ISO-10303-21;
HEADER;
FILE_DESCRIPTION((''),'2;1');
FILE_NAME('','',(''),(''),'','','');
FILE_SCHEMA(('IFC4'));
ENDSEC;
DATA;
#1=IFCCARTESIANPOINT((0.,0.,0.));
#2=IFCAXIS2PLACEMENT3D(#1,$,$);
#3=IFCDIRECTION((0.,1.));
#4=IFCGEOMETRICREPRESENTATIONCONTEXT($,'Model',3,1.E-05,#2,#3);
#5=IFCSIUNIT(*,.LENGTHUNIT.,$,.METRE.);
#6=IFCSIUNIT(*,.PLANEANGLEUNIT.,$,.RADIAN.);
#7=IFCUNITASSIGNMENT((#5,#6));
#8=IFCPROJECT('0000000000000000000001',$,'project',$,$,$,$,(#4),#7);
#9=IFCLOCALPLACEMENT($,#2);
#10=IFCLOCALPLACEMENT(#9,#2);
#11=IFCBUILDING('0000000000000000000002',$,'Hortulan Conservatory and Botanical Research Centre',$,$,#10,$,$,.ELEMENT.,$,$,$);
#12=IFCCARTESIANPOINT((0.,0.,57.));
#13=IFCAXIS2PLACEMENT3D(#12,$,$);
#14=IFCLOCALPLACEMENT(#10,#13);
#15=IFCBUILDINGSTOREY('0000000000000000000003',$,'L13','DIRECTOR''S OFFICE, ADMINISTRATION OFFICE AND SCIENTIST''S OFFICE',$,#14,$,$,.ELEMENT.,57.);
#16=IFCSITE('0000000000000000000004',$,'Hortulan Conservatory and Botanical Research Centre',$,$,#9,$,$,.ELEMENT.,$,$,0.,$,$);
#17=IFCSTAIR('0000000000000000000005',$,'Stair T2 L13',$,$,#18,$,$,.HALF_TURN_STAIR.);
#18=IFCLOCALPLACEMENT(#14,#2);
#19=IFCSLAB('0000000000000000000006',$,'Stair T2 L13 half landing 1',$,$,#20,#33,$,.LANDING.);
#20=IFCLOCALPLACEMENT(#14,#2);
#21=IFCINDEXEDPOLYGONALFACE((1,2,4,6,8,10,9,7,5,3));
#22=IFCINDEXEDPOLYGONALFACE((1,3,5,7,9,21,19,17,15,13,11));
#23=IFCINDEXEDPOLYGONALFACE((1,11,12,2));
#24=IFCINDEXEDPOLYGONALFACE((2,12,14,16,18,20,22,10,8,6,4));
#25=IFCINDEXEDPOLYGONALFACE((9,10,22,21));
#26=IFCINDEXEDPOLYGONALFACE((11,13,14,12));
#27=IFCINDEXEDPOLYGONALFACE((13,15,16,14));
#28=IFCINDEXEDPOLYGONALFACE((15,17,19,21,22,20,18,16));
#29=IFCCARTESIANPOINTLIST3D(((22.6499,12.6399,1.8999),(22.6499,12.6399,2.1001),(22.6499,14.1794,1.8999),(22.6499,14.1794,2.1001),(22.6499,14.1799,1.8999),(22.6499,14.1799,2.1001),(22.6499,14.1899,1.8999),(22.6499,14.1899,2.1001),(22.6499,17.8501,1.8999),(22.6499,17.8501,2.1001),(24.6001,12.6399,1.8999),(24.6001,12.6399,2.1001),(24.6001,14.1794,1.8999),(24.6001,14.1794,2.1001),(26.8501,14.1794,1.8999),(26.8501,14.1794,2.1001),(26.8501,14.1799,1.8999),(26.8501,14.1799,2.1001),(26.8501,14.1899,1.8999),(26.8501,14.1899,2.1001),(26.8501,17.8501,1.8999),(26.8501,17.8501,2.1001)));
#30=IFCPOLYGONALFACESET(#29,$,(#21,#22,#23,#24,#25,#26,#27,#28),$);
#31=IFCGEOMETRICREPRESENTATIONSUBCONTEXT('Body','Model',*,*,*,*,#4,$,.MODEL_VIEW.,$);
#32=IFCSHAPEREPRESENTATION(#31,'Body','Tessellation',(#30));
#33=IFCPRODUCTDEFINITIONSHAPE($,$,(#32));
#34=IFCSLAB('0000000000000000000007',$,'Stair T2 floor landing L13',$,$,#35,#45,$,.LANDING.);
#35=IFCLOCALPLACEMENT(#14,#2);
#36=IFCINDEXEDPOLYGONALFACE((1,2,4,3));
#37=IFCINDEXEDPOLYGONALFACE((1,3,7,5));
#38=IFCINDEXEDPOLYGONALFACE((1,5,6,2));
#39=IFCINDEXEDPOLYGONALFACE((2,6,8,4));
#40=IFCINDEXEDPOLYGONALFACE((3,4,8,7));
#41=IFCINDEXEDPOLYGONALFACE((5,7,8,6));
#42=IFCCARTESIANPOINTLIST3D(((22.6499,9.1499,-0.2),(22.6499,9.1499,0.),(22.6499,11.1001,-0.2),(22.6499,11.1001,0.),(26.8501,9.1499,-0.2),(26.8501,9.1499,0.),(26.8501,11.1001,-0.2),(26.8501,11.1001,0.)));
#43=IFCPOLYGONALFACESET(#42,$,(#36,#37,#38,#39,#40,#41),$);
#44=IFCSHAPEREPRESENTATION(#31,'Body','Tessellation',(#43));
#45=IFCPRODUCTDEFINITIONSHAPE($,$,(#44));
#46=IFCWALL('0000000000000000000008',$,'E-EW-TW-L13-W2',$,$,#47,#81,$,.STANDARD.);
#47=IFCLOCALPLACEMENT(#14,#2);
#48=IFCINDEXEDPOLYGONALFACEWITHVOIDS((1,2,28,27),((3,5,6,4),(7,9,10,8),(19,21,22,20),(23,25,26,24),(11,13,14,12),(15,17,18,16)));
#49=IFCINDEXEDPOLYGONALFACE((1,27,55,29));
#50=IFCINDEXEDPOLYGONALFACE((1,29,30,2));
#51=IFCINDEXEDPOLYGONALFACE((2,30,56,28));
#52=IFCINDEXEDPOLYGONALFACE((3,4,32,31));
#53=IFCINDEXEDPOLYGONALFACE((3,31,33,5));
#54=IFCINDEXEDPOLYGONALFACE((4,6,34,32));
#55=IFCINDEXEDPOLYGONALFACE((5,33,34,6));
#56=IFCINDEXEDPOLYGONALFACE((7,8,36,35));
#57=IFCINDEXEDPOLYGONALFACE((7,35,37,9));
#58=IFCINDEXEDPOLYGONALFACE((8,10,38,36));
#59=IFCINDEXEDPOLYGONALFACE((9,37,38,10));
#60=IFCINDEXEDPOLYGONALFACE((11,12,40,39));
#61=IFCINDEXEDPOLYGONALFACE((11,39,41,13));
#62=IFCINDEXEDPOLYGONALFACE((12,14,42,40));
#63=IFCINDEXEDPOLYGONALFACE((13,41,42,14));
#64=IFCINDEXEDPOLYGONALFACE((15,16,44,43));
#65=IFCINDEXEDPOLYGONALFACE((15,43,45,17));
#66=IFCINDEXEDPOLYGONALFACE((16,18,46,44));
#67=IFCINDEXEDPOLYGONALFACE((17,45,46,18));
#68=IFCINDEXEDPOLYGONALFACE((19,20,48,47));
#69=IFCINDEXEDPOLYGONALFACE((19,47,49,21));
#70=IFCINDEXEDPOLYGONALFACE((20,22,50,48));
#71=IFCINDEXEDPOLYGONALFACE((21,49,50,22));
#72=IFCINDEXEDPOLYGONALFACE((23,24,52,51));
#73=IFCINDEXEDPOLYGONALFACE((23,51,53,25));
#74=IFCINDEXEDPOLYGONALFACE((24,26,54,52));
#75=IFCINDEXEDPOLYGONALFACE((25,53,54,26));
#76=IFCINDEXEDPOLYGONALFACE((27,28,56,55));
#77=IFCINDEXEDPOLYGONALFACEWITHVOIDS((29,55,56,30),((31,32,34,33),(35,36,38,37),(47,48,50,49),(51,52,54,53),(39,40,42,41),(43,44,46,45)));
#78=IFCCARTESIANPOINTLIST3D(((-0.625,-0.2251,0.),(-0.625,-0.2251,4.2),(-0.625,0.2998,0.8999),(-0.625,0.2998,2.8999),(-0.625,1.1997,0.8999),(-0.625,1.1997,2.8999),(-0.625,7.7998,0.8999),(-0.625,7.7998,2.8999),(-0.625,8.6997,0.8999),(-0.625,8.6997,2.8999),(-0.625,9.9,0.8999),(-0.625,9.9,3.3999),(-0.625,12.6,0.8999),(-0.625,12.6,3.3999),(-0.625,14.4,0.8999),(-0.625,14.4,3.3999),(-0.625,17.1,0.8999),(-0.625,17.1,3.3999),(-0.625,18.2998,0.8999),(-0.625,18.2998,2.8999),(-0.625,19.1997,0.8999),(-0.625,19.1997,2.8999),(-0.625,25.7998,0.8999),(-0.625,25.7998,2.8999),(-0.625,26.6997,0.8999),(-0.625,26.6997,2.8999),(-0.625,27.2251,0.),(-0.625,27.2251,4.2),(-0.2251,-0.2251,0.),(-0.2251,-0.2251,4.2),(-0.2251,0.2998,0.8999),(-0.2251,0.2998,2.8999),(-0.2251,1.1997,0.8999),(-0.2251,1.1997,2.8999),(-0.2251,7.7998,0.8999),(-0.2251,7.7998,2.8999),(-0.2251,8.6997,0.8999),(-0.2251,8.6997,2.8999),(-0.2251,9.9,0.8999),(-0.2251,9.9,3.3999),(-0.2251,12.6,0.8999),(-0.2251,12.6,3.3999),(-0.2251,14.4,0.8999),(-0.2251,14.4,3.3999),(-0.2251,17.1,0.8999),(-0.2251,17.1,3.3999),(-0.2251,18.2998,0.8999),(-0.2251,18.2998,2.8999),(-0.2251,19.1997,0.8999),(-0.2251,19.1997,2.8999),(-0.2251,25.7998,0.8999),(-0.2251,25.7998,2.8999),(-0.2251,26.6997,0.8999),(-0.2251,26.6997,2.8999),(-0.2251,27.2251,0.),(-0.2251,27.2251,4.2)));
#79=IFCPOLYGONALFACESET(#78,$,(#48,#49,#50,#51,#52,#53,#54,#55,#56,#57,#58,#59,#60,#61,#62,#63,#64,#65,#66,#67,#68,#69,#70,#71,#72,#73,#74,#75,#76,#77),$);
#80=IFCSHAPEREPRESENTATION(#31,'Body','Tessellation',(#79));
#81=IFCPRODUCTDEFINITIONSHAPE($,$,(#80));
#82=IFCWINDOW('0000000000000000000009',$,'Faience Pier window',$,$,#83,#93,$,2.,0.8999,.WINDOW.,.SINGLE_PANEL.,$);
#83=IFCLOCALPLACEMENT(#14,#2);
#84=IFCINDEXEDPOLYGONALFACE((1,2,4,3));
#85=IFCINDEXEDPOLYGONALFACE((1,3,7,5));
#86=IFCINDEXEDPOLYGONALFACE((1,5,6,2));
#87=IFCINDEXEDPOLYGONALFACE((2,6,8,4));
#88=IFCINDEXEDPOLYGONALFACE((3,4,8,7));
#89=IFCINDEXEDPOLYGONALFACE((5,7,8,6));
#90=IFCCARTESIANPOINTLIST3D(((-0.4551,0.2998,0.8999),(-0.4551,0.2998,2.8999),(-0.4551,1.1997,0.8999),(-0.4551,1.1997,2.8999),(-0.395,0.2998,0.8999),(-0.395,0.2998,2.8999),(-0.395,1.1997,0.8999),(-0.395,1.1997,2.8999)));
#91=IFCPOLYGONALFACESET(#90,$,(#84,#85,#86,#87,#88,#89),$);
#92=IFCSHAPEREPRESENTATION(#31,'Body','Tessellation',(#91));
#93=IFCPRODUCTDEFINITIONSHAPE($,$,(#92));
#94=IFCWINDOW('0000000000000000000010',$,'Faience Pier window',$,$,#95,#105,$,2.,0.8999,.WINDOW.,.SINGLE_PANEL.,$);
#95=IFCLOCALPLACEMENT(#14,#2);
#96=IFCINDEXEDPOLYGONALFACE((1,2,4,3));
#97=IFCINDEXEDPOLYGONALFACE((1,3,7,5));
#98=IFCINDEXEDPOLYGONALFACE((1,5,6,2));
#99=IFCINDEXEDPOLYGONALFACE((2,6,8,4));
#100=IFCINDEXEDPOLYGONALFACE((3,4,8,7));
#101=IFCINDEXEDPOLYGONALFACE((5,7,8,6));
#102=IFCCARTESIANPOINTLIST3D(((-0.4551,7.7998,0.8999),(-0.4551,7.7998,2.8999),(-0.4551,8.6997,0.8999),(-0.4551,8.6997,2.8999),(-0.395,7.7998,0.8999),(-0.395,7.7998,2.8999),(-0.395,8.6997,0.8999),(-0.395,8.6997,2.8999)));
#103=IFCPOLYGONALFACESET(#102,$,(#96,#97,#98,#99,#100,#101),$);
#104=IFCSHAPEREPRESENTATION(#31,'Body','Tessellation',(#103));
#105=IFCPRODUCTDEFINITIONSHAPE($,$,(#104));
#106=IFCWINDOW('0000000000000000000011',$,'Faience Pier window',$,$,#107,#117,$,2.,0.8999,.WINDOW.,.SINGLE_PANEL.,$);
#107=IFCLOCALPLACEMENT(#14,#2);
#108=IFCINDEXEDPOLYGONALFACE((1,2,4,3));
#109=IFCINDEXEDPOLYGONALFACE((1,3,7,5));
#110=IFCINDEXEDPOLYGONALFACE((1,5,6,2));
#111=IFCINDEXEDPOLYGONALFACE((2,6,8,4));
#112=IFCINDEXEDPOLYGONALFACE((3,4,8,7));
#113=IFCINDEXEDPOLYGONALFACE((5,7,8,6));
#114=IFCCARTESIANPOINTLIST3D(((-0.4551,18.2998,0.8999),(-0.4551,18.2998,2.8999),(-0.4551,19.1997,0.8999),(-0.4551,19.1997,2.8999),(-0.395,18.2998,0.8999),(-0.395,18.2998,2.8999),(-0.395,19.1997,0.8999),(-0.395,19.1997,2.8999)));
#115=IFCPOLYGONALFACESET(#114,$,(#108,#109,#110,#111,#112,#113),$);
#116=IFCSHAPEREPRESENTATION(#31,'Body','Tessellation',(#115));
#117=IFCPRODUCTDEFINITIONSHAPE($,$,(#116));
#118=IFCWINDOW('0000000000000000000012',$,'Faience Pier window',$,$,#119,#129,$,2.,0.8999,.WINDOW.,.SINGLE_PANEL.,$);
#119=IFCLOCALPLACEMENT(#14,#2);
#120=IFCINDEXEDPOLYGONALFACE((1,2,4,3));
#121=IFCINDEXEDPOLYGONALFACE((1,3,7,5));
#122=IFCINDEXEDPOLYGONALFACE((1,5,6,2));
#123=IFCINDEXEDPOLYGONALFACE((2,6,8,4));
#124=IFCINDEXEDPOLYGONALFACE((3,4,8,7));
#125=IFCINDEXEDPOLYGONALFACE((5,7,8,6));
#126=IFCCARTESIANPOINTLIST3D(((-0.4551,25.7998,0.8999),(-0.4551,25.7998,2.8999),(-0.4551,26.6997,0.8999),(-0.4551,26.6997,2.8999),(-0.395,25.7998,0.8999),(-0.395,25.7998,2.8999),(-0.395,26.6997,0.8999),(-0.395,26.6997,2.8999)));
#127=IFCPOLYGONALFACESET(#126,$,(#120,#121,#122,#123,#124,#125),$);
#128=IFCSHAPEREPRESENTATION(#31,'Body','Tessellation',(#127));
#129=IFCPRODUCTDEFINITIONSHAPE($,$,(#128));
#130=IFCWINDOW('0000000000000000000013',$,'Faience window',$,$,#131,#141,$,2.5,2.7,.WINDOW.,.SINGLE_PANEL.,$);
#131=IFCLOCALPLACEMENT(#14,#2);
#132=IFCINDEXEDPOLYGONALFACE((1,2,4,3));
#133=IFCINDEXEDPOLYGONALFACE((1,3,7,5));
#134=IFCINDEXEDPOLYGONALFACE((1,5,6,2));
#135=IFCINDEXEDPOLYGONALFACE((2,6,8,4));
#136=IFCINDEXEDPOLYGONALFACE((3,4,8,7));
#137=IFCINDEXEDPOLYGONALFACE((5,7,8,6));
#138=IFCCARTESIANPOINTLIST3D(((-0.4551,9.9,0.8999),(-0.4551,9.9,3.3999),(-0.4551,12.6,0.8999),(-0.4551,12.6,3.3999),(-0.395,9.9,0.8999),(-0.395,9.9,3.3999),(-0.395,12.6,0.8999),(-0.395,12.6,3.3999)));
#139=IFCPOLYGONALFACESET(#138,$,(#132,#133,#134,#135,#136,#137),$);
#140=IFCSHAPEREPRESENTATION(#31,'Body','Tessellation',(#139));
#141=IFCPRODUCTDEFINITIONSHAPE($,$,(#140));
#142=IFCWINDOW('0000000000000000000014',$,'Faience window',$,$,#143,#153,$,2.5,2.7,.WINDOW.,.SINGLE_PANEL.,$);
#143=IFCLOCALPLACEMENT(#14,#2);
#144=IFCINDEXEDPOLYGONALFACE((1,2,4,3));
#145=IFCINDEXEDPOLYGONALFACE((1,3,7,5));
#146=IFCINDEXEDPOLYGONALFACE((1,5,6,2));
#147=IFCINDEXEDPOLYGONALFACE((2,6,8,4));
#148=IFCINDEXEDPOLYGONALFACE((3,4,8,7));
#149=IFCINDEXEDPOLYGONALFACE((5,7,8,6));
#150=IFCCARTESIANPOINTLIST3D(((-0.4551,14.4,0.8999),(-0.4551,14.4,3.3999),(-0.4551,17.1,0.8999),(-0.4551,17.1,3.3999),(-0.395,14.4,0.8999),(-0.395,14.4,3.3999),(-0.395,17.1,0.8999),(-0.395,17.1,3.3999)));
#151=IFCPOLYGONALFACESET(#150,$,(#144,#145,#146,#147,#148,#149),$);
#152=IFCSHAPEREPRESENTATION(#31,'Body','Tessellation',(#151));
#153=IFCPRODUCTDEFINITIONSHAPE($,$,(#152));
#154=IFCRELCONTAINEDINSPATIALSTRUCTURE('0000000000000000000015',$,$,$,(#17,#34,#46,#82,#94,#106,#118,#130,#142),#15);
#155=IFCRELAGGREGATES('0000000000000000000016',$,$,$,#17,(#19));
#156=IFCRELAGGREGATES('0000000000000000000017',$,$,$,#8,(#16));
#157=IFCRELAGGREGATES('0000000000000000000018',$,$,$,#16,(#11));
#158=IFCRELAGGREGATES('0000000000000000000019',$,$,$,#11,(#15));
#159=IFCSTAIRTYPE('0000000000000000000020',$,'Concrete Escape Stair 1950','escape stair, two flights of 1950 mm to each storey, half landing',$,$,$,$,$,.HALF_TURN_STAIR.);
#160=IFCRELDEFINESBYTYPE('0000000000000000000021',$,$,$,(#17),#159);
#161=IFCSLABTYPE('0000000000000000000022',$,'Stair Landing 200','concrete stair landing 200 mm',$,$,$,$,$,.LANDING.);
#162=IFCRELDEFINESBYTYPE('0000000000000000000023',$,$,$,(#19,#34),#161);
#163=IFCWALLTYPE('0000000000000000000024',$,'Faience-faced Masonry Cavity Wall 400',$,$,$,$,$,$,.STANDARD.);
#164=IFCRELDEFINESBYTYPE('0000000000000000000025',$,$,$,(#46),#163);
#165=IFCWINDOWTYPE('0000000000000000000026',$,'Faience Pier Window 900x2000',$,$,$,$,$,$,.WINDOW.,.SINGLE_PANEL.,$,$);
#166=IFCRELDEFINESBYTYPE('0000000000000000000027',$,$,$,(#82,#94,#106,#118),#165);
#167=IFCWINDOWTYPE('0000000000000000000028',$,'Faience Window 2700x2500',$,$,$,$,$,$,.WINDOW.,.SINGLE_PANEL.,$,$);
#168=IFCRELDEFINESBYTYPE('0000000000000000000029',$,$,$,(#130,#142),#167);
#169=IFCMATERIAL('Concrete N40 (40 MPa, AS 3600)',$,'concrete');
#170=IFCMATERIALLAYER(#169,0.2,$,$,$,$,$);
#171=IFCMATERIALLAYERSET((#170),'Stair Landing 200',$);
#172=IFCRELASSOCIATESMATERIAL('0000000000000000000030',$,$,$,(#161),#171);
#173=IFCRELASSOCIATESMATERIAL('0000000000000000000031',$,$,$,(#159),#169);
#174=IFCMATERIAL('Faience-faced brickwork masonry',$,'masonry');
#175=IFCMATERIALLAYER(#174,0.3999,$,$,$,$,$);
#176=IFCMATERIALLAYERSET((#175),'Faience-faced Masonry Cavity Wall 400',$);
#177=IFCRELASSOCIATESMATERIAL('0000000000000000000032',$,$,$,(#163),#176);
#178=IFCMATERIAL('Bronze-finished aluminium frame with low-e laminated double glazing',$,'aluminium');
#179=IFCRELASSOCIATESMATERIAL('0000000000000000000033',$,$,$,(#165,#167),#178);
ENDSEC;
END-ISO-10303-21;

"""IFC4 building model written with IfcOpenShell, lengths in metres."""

from ifc_helpers import new_model, si_unit, direction, frame, frame_2d, origin, place, context, subcontext, project, spatial, polyline, rectangle, outline, extrude, material, layer, layer_set, type_object, element, fill, aggregate, save


model = new_model("IFC4")

# Units and contexts
model_context = context("Model", 3, precision=1e-05, world=origin(), true_north=direction((0.0, 1.0)))
body_context = subcontext(model_context, "Body", "Model", "MODEL_VIEW")
ifc_project = project(units=[si_unit("LENGTHUNIT", "METRE"), si_unit("PLANEANGLEUNIT", "RADIAN")], contexts=[model_context])

# Site, building, storey
site_placement = place(None, origin())
site = spatial("IfcSite", under=ifc_project, at=site_placement, Name="Hortulan Conservatory and Botanical Research Centre", CompositionType="ELEMENT", RefElevation=0.0)
building_placement = place(site_placement, origin())
building = spatial("IfcBuilding", under=site, at=building_placement, Name="Hortulan Conservatory and Botanical Research Centre", CompositionType="ELEMENT")
storey_placement = place(building_placement, frame((0.0, 0.0, 57.0)))
storey = spatial("IfcBuildingStorey", under=building, at=storey_placement, Name="L13", Description="DIRECTOR'S OFFICE, ADMINISTRATION OFFICE AND SCIENTIST'S OFFICE", CompositionType="ELEMENT", Elevation=57.0)

# Shared definitions
ifc_material_1 = material(Name="Concrete N40 (40 MPa, AS 3600)", Category="concrete")
ifc_layer_1 = layer(ifc_material_1, 0.2)
ifc_layer_set_1 = layer_set([ifc_layer_1], Name="Stair Landing 200")
slab_type_1 = type_object("IfcSlabType", Name="Stair Landing 200", Description="concrete stair landing 200 mm", PredefinedType="LANDING", material=ifc_layer_set_1)

# Stair, slab
stair_type_1 = type_object("IfcStairType", Name="Concrete Escape Stair 1950", Description="escape stair, two flights of 1950 mm to each storey, half landing", PredefinedType="HALF_TURN_STAIR", material=ifc_material_1)
stair_1_placement = place(storey_placement, origin())
stair_1 = element("IfcStair", 1, at=stair_1_placement, inside=storey, type_object=stair_type_1, Name="Stair T2 L13", PredefinedType="HALF_TURN_STAIR")
slab_1_placement = place(storey_placement, frame((0.0, 0.0, 1.8999)))
slab_1 = element("IfcSlab", 2, at=slab_1_placement, type_object=slab_type_1, Name="Stair T2 L13 half landing 1", PredefinedType="LANDING", context=body_context, shape_type="SweptSolid", body=[
    extrude(outline(polyline([(26.8501, 14.1794), (24.6001, 14.1794), (24.6001, 12.6399), (22.6499, 12.6399), (22.6499, 14.1794), (22.6499, 14.1799), (22.6499, 14.1899), (22.6499, 17.8501), (26.8501, 17.8501), (26.8501, 14.1899), (26.8501, 14.1799), (26.8501, 14.1794)])), origin(), (0.0, 0.0, 1.0), 0.2002),
])
aggregate(stair_1, [slab_1])

# Slab
slab_2_placement = place(storey_placement, frame((0.0, 0.0, -0.2)))
element("IfcSlab", 3, at=slab_2_placement, inside=storey, type_object=slab_type_1, Name="Stair T2 floor landing L13", PredefinedType="LANDING", context=body_context, shape_type="SweptSolid", body=[
    extrude(outline(polyline([(26.8501, 9.1499), (22.6499, 9.1499), (22.6499, 11.1001), (26.8501, 11.1001), (26.8501, 9.1499)])), origin(), (0.0, 0.0, 1.0), 0.2),
])

# Wall, openings, windows
ifc_material_2 = material(Name="Faience-faced brickwork masonry", Category="masonry")
ifc_layer_2 = layer(ifc_material_2, 0.3999)
ifc_layer_set_2 = layer_set([ifc_layer_2], Name="Faience-faced Masonry Cavity Wall 400")
wall_type = type_object("IfcWallType", Name="Faience-faced Masonry Cavity Wall 400", PredefinedType="STANDARD", material=ifc_layer_set_2)
wall_placement = place(storey_placement, frame((-0.425, -0.2251, 0.0), z_axis=(0.0, 0.0, 1.0), x_axis=(0.0, 1.0, 0.0)))
wall = element("IfcWall", 4, at=wall_placement, inside=storey, type_object=wall_type, Name="E-EW-TW-L13-W2", PredefinedType="STANDARD", context=body_context, shape_type="SweptSolid", body=[
    extrude(rectangle(XDim=27.4502, YDim=0.3999, at=frame_2d((13.7251, 0.0))), origin(), (0.0, 0.0, 1.0), 4.2),
])
opening_1_placement = place(wall_placement, frame((0.5249, 0.0, 0.8999)))
opening_1 = element("IfcOpeningElement", 5, at=opening_1_placement, cuts=wall, PredefinedType="OPENING", context=body_context, shape_type="SweptSolid", body=[
    extrude(rectangle(XDim=0.8999, YDim=2.0, at=frame_2d((0.45, 1.0))), frame((0.0, 0.21, 0.0), z_axis=(0.0, -1.0, 0.0), x_axis=(1.0, 0.0, 0.0)), (0.0, 0.0, 1.0), 0.4199),
])
opening_2_placement = place(wall_placement, frame((8.0249, 0.0, 0.8999)))
opening_2 = element("IfcOpeningElement", 6, at=opening_2_placement, cuts=wall, PredefinedType="OPENING", context=body_context, shape_type="SweptSolid", body=[
    extrude(rectangle(XDim=0.8999, YDim=2.0, at=frame_2d((0.45, 1.0))), frame((0.0, 0.21, 0.0), z_axis=(0.0, -1.0, 0.0), x_axis=(1.0, 0.0, 0.0)), (0.0, 0.0, 1.0), 0.4199),
])
opening_3_placement = place(wall_placement, frame((10.125, 0.0, 0.8999)))
opening_3 = element("IfcOpeningElement", 7, at=opening_3_placement, cuts=wall, PredefinedType="OPENING", context=body_context, shape_type="SweptSolid", body=[
    extrude(rectangle(XDim=2.7, YDim=2.5, at=frame_2d((1.3501, 1.25))), frame((0.0, 0.21, 0.0), z_axis=(0.0, -1.0, 0.0), x_axis=(1.0, 0.0, 0.0)), (0.0, 0.0, 1.0), 0.4199),
])
opening_4_placement = place(wall_placement, frame((14.625, 0.0, 0.8999)))
opening_4 = element("IfcOpeningElement", 8, at=opening_4_placement, cuts=wall, PredefinedType="OPENING", context=body_context, shape_type="SweptSolid", body=[
    extrude(rectangle(XDim=2.7, YDim=2.5, at=frame_2d((1.3501, 1.25))), frame((0.0, 0.21, 0.0), z_axis=(0.0, -1.0, 0.0), x_axis=(1.0, 0.0, 0.0)), (0.0, 0.0, 1.0), 0.4199),
])
opening_5_placement = place(wall_placement, frame((18.5249, 0.0, 0.8999)))
opening_5 = element("IfcOpeningElement", 9, at=opening_5_placement, cuts=wall, PredefinedType="OPENING", context=body_context, shape_type="SweptSolid", body=[
    extrude(rectangle(XDim=0.8999, YDim=2.0, at=frame_2d((0.45, 1.0))), frame((0.0, 0.21, 0.0), z_axis=(0.0, -1.0, 0.0), x_axis=(1.0, 0.0, 0.0)), (0.0, 0.0, 1.0), 0.4199),
])
opening_6_placement = place(wall_placement, frame((26.0249, 0.0, 0.8999)))
opening_6 = element("IfcOpeningElement", 10, at=opening_6_placement, cuts=wall, PredefinedType="OPENING", context=body_context, shape_type="SweptSolid", body=[
    extrude(rectangle(XDim=0.8999, YDim=2.0, at=frame_2d((0.45, 1.0))), frame((0.0, 0.21, 0.0), z_axis=(0.0, -1.0, 0.0), x_axis=(1.0, 0.0, 0.0)), (0.0, 0.0, 1.0), 0.4199),
])
ifc_material_3 = material(Name="Bronze-finished aluminium frame with low-e laminated double glazing", Category="aluminium")
window_type_1 = type_object("IfcWindowType", Name="Faience Pier Window 900x2000", PartitioningType="SINGLE_PANEL", PredefinedType="WINDOW", material=ifc_material_3)
window_1_placement = place(opening_1_placement, origin())
window_1 = element("IfcWindow", 11, at=window_1_placement, inside=storey, type_object=window_type_1, Name="Faience Pier window", OverallHeight=2.0, OverallWidth=0.8999, PartitioningType="SINGLE_PANEL", PredefinedType="WINDOW", context=body_context, shape_type="SweptSolid", body=[
    extrude(rectangle(XDim=0.8999, YDim=2.0, at=frame_2d((0.45, 1.0))), frame((0.0, 0.03, 0.0), z_axis=(0.0, -1.0, 0.0), x_axis=(1.0, 0.0, 0.0)), (0.0, 0.0, 1.0), 0.0601),
])
fill(opening_1, window_1)
window_2_placement = place(opening_2_placement, origin())
window_2 = element("IfcWindow", 12, at=window_2_placement, inside=storey, type_object=window_type_1, Name="Faience Pier window", OverallHeight=2.0, OverallWidth=0.8999, PartitioningType="SINGLE_PANEL", PredefinedType="WINDOW", context=body_context, shape_type="SweptSolid", body=[
    extrude(rectangle(XDim=0.8999, YDim=2.0, at=frame_2d((0.45, 1.0))), frame((0.0, 0.03, 0.0), z_axis=(0.0, -1.0, 0.0), x_axis=(1.0, 0.0, 0.0)), (0.0, 0.0, 1.0), 0.0601),
])
fill(opening_2, window_2)
window_3_placement = place(opening_5_placement, origin())
window_3 = element("IfcWindow", 13, at=window_3_placement, inside=storey, type_object=window_type_1, Name="Faience Pier window", OverallHeight=2.0, OverallWidth=0.8999, PartitioningType="SINGLE_PANEL", PredefinedType="WINDOW", context=body_context, shape_type="SweptSolid", body=[
    extrude(rectangle(XDim=0.8999, YDim=2.0, at=frame_2d((0.45, 1.0))), frame((0.0, 0.03, 0.0), z_axis=(0.0, -1.0, 0.0), x_axis=(1.0, 0.0, 0.0)), (0.0, 0.0, 1.0), 0.0601),
])
fill(opening_5, window_3)
window_4_placement = place(opening_6_placement, origin())
window_4 = element("IfcWindow", 14, at=window_4_placement, inside=storey, type_object=window_type_1, Name="Faience Pier window", OverallHeight=2.0, OverallWidth=0.8999, PartitioningType="SINGLE_PANEL", PredefinedType="WINDOW", context=body_context, shape_type="SweptSolid", body=[
    extrude(rectangle(XDim=0.8999, YDim=2.0, at=frame_2d((0.45, 1.0))), frame((0.0, 0.03, 0.0), z_axis=(0.0, -1.0, 0.0), x_axis=(1.0, 0.0, 0.0)), (0.0, 0.0, 1.0), 0.0601),
])
fill(opening_6, window_4)
window_type_2 = type_object("IfcWindowType", Name="Faience Window 2700x2500", PartitioningType="SINGLE_PANEL", PredefinedType="WINDOW", material=ifc_material_3)
window_5_placement = place(opening_3_placement, origin())
window_5 = element("IfcWindow", 15, at=window_5_placement, inside=storey, type_object=window_type_2, Name="Faience window", OverallHeight=2.5, OverallWidth=2.7, PartitioningType="SINGLE_PANEL", PredefinedType="WINDOW", context=body_context, shape_type="SweptSolid", body=[
    extrude(rectangle(XDim=2.7, YDim=2.5, at=frame_2d((1.3501, 1.25))), frame((0.0, 0.03, 0.0), z_axis=(0.0, -1.0, 0.0), x_axis=(1.0, 0.0, 0.0)), (0.0, 0.0, 1.0), 0.0601),
])
fill(opening_3, window_5)
window_6_placement = place(opening_4_placement, origin())
window_6 = element("IfcWindow", 16, at=window_6_placement, inside=storey, type_object=window_type_2, Name="Faience window", OverallHeight=2.5, OverallWidth=2.7, PartitioningType="SINGLE_PANEL", PredefinedType="WINDOW", context=body_context, shape_type="SweptSolid", body=[
    extrude(rectangle(XDim=2.7, YDim=2.5, at=frame_2d((1.3501, 1.25))), frame((0.0, 0.03, 0.0), z_axis=(0.0, -1.0, 0.0), x_axis=(1.0, 0.0, 0.0)), (0.0, 0.0, 1.0), 0.0601),
])
fill(opening_4, window_6)

save(model, "model.ifc")
